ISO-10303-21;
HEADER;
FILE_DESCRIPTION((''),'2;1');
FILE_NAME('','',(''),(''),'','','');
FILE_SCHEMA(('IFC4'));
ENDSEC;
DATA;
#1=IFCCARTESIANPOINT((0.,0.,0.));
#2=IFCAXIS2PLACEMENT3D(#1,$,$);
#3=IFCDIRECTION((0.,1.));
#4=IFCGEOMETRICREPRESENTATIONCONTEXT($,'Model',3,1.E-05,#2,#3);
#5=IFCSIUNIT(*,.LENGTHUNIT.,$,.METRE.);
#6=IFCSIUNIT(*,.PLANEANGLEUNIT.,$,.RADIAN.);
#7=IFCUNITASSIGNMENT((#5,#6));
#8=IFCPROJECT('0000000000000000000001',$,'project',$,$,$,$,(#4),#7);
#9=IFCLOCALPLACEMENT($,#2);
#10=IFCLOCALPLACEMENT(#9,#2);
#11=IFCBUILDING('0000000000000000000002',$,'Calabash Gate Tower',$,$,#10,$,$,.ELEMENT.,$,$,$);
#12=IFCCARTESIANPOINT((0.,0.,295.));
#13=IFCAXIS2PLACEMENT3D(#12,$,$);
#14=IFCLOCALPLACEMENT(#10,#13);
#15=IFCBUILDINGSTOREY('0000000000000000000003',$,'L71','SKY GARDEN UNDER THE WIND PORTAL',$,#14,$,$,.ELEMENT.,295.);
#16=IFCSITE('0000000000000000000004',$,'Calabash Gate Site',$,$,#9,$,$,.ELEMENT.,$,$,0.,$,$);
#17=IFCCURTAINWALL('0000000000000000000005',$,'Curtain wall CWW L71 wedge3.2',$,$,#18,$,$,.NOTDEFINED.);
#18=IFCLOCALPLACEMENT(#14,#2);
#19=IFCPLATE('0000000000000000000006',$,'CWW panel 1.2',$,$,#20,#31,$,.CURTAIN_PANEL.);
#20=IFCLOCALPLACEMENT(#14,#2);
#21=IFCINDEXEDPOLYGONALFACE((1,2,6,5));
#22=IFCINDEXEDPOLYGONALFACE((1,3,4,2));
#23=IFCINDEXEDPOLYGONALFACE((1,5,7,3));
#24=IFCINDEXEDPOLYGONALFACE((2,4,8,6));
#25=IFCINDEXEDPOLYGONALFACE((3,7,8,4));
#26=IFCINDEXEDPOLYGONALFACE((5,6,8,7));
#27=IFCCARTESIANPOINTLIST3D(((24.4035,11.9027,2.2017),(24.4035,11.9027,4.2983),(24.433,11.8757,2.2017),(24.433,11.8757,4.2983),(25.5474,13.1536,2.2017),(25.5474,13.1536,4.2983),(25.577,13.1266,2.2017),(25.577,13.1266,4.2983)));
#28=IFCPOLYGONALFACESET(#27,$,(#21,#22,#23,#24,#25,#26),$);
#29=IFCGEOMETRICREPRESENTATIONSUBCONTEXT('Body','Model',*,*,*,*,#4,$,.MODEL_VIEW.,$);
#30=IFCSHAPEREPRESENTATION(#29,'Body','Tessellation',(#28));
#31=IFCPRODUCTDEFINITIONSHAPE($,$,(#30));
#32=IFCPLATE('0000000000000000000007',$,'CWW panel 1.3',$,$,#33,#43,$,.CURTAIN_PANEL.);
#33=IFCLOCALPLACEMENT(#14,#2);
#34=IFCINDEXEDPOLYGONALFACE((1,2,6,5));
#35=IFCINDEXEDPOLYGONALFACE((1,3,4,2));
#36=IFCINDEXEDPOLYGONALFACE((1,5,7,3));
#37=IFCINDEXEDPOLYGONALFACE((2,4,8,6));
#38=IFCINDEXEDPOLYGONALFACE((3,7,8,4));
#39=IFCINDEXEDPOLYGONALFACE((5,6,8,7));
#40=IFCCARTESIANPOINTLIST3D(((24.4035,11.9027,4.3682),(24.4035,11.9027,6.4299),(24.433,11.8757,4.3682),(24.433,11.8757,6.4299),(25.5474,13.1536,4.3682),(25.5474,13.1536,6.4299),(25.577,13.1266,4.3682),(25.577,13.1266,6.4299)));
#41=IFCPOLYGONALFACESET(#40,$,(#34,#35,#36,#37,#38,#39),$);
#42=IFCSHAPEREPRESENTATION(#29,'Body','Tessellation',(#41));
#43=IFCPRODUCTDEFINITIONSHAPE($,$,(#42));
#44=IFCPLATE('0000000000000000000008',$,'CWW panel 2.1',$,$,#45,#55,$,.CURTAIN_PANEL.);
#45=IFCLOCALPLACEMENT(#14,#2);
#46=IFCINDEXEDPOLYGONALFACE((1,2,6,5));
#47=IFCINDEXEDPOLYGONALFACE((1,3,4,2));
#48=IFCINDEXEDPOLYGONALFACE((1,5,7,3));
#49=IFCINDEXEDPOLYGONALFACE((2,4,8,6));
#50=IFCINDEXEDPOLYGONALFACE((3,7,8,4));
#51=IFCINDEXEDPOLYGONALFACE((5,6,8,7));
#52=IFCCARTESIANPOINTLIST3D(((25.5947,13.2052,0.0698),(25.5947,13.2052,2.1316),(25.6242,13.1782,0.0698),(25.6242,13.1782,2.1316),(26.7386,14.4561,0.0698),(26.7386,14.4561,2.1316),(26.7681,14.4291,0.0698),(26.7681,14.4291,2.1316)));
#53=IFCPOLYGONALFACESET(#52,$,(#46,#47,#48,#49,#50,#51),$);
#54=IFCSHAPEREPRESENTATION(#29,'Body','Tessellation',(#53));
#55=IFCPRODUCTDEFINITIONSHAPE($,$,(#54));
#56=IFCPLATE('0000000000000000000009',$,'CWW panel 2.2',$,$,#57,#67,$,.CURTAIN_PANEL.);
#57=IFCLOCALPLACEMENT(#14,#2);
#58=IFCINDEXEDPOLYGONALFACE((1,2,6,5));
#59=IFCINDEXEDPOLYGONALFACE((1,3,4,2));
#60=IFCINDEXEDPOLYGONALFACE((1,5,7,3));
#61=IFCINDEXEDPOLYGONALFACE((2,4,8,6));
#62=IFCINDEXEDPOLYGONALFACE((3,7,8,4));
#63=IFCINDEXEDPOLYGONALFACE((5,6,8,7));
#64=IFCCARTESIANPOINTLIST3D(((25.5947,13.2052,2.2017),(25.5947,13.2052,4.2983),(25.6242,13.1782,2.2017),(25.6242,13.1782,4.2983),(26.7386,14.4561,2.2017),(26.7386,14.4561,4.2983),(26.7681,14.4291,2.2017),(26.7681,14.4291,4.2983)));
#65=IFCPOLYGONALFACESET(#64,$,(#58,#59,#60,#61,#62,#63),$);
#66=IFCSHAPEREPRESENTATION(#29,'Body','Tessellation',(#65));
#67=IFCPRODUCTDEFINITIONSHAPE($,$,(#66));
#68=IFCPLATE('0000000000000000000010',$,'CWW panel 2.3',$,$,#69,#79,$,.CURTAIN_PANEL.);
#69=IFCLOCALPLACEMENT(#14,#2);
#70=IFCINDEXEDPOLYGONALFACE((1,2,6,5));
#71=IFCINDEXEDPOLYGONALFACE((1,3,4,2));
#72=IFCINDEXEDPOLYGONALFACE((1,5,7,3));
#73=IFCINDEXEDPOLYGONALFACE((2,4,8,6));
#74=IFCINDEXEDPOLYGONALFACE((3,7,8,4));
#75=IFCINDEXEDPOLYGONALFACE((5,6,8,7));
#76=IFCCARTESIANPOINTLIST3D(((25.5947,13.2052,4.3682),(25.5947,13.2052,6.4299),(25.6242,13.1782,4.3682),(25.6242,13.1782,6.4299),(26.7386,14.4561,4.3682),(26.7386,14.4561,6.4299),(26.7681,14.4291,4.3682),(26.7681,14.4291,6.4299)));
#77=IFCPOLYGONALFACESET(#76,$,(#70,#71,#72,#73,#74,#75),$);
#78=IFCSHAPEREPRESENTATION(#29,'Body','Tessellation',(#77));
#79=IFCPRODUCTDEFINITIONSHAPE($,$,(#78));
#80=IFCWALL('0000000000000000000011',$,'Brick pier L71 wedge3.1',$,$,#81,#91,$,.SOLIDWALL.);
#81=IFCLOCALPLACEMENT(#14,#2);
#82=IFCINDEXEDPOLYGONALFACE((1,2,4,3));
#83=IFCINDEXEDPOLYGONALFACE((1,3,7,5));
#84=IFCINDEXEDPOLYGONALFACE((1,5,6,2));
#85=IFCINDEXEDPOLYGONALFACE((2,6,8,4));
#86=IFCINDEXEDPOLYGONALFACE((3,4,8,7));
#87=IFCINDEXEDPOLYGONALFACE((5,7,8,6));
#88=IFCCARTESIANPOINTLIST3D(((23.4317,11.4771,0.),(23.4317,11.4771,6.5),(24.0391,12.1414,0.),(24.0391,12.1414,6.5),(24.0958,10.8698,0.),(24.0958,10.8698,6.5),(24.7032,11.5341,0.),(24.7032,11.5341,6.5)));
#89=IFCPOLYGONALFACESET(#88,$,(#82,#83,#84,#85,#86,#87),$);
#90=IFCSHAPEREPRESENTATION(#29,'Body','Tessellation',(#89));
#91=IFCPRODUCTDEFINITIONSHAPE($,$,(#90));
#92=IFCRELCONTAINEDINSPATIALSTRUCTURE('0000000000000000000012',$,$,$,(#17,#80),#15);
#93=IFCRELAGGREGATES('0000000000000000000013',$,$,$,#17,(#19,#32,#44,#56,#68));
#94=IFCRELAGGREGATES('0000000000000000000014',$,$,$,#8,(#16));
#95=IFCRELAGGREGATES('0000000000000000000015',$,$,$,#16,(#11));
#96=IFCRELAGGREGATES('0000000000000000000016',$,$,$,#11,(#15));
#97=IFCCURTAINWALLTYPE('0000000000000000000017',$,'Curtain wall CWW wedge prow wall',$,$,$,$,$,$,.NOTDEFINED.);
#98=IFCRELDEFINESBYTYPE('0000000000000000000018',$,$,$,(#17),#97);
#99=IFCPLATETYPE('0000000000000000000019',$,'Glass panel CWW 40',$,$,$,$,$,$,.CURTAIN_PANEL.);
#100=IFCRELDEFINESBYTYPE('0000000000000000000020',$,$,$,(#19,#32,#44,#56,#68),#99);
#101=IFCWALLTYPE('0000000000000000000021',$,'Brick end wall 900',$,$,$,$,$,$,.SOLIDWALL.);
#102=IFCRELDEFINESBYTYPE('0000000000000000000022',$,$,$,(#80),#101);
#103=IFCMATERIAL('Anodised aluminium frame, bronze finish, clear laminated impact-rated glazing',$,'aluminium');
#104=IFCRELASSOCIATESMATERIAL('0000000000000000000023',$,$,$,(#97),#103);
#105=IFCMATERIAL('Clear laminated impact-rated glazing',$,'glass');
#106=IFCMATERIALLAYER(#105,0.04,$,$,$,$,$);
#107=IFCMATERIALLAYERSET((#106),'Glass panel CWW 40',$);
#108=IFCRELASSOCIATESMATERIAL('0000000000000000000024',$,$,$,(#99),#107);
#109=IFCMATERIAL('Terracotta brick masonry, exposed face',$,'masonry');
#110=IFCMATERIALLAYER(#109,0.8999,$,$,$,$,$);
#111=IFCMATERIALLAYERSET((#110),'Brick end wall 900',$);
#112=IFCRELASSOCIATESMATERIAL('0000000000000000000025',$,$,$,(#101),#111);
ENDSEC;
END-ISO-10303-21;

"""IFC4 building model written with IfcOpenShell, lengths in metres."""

from ifc_helpers import new_model, si_unit, direction, frame, frame_2d, origin, origin_2d, place, context, subcontext, project, spatial, rectangle, extrude, material, layer, layer_set, type_object, element, aggregate, save


model = new_model("IFC4")

# Units and contexts
model_context = context("Model", 3, precision=1e-05, world=origin(), true_north=direction((0.0, 1.0)))
body_context = subcontext(model_context, "Body", "Model", "MODEL_VIEW")
ifc_project = project(units=[si_unit("LENGTHUNIT", "METRE"), si_unit("PLANEANGLEUNIT", "RADIAN")], contexts=[model_context])

# Site, building, storey
site_placement = place(None, origin())
site = spatial("IfcSite", under=ifc_project, at=site_placement, Name="Calabash Gate Site", CompositionType="ELEMENT", RefElevation=0.0)
building_placement = place(site_placement, origin())
building = spatial("IfcBuilding", under=site, at=building_placement, Name="Calabash Gate Tower", CompositionType="ELEMENT")
storey_placement = place(building_placement, frame((0.0, 0.0, 295.0)))
storey = spatial("IfcBuildingStorey", under=building, at=storey_placement, Name="L71", Description="SKY GARDEN UNDER THE WIND PORTAL", CompositionType="ELEMENT", Elevation=295.0)

# Shared definitions
ifc_material_1 = material(Name="Anodised aluminium frame, bronze finish, clear laminated impact-rated glazing", Category="aluminium")
curtain_wall_type = type_object("IfcCurtainWallType", Name="Curtain wall CWW wedge prow wall", PredefinedType="NOTDEFINED", material=ifc_material_1)

# Curtain wall
curtain_wall_1_placement = place(storey_placement, origin())
curtain_wall_1 = element("IfcCurtainWall", 1, at=curtain_wall_1_placement, inside=storey, type_object=curtain_wall_type, Name="Curtain wall CWW L71 wedge3.2", PredefinedType="NOTDEFINED")

# Plates
ifc_material_2 = material(Name="Clear laminated impact-rated glazing", Category="glass")
ifc_layer_1 = layer(ifc_material_2, 0.04)
ifc_layer_set_1 = layer_set([ifc_layer_1], Name="Glass panel CWW 40")
plate_type = type_object("IfcPlateType", Name="Glass panel CWW 40", PredefinedType="CURTAIN_PANEL", material=ifc_layer_set_1)
plate_1_placement = place(storey_placement, frame((24.9902, 12.5146, 2.2017), z_axis=(0.0, 0.0, 1.0), x_axis=(0.674856, 0.737949, 0.0)))
plate_1 = element("IfcPlate", 2, at=plate_1_placement, type_object=plate_type, Name="CWW panel 1.2", PredefinedType="CURTAIN_PANEL", context=body_context, shape_type="SweptSolid", body=[
    extrude(rectangle(XDim=1.6951, YDim=0.04, at=origin_2d()), origin(), (0.0, 0.0, 1.0), 2.0967),
])
plate_2_placement = place(storey_placement, frame((24.9902, 12.5146, 4.3682), z_axis=(0.0, 0.0, 1.0), x_axis=(0.674856, 0.737949, 0.0)))
plate_2 = element("IfcPlate", 3, at=plate_2_placement, type_object=plate_type, Name="CWW panel 1.3", PredefinedType="CURTAIN_PANEL", context=body_context, shape_type="SweptSolid", body=[
    extrude(rectangle(XDim=1.6951, YDim=0.04, at=origin_2d()), origin(), (0.0, 0.0, 1.0), 2.0618),
])
plate_3_placement = place(storey_placement, frame((26.1814, 13.8171, 0.0698), z_axis=(0.0, 0.0, 1.0), x_axis=(0.674856, 0.737949, 0.0)))
plate_3 = element("IfcPlate", 4, at=plate_3_placement, type_object=plate_type, Name="CWW panel 2.1", PredefinedType="CURTAIN_PANEL", context=body_context, shape_type="SweptSolid", body=[
    extrude(rectangle(XDim=1.6951, YDim=0.04, at=origin_2d()), origin(), (0.0, 0.0, 1.0), 2.0618),
])
plate_4_placement = place(storey_placement, frame((26.1814, 13.8171, 2.2017), z_axis=(0.0, 0.0, 1.0), x_axis=(0.674856, 0.737949, 0.0)))
plate_4 = element("IfcPlate", 5, at=plate_4_placement, type_object=plate_type, Name="CWW panel 2.2", PredefinedType="CURTAIN_PANEL", context=body_context, shape_type="SweptSolid", body=[
    extrude(rectangle(XDim=1.6951, YDim=0.04, at=origin_2d()), origin(), (0.0, 0.0, 1.0), 2.0967),
])
plate_5_placement = place(storey_placement, frame((26.1814, 13.8171, 4.3682), z_axis=(0.0, 0.0, 1.0), x_axis=(0.674856, 0.737949, 0.0)))
plate_5 = element("IfcPlate", 6, at=plate_5_placement, type_object=plate_type, Name="CWW panel 2.3", PredefinedType="CURTAIN_PANEL", context=body_context, shape_type="SweptSolid", body=[
    extrude(rectangle(XDim=1.6951, YDim=0.04, at=origin_2d()), origin(), (0.0, 0.0, 1.0), 2.0618),
])
aggregate(curtain_wall_1, [plate_1, plate_2, plate_3, plate_4, plate_5])

# Wall
ifc_material_3 = material(Name="Terracotta brick masonry, exposed face", Category="masonry")
ifc_layer_2 = layer(ifc_material_3, 0.8999)
ifc_layer_set_2 = layer_set([ifc_layer_2], Name="Brick end wall 900")
wall_type = type_object("IfcWallType", Name="Brick end wall 900", PredefinedType="SOLIDWALL", material=ifc_layer_set_2)
wall_placement = place(storey_placement, frame((23.7637, 11.1733, 0.0), z_axis=(0.0, 0.0, 1.0), x_axis=(0.674803, 0.737998, 0.0)))
element("IfcWall", 7, at=wall_placement, inside=storey, type_object=wall_type, Name="Brick pier L71 wedge3.1", PredefinedType="SOLIDWALL", context=body_context, shape_type="SweptSolid", body=[
    extrude(rectangle(XDim=0.9001, YDim=0.8999, at=frame_2d((0.4502, 0.0))), origin(), (0.0, 0.0, 1.0), 6.5),
])

save(model, "model.ifc")
